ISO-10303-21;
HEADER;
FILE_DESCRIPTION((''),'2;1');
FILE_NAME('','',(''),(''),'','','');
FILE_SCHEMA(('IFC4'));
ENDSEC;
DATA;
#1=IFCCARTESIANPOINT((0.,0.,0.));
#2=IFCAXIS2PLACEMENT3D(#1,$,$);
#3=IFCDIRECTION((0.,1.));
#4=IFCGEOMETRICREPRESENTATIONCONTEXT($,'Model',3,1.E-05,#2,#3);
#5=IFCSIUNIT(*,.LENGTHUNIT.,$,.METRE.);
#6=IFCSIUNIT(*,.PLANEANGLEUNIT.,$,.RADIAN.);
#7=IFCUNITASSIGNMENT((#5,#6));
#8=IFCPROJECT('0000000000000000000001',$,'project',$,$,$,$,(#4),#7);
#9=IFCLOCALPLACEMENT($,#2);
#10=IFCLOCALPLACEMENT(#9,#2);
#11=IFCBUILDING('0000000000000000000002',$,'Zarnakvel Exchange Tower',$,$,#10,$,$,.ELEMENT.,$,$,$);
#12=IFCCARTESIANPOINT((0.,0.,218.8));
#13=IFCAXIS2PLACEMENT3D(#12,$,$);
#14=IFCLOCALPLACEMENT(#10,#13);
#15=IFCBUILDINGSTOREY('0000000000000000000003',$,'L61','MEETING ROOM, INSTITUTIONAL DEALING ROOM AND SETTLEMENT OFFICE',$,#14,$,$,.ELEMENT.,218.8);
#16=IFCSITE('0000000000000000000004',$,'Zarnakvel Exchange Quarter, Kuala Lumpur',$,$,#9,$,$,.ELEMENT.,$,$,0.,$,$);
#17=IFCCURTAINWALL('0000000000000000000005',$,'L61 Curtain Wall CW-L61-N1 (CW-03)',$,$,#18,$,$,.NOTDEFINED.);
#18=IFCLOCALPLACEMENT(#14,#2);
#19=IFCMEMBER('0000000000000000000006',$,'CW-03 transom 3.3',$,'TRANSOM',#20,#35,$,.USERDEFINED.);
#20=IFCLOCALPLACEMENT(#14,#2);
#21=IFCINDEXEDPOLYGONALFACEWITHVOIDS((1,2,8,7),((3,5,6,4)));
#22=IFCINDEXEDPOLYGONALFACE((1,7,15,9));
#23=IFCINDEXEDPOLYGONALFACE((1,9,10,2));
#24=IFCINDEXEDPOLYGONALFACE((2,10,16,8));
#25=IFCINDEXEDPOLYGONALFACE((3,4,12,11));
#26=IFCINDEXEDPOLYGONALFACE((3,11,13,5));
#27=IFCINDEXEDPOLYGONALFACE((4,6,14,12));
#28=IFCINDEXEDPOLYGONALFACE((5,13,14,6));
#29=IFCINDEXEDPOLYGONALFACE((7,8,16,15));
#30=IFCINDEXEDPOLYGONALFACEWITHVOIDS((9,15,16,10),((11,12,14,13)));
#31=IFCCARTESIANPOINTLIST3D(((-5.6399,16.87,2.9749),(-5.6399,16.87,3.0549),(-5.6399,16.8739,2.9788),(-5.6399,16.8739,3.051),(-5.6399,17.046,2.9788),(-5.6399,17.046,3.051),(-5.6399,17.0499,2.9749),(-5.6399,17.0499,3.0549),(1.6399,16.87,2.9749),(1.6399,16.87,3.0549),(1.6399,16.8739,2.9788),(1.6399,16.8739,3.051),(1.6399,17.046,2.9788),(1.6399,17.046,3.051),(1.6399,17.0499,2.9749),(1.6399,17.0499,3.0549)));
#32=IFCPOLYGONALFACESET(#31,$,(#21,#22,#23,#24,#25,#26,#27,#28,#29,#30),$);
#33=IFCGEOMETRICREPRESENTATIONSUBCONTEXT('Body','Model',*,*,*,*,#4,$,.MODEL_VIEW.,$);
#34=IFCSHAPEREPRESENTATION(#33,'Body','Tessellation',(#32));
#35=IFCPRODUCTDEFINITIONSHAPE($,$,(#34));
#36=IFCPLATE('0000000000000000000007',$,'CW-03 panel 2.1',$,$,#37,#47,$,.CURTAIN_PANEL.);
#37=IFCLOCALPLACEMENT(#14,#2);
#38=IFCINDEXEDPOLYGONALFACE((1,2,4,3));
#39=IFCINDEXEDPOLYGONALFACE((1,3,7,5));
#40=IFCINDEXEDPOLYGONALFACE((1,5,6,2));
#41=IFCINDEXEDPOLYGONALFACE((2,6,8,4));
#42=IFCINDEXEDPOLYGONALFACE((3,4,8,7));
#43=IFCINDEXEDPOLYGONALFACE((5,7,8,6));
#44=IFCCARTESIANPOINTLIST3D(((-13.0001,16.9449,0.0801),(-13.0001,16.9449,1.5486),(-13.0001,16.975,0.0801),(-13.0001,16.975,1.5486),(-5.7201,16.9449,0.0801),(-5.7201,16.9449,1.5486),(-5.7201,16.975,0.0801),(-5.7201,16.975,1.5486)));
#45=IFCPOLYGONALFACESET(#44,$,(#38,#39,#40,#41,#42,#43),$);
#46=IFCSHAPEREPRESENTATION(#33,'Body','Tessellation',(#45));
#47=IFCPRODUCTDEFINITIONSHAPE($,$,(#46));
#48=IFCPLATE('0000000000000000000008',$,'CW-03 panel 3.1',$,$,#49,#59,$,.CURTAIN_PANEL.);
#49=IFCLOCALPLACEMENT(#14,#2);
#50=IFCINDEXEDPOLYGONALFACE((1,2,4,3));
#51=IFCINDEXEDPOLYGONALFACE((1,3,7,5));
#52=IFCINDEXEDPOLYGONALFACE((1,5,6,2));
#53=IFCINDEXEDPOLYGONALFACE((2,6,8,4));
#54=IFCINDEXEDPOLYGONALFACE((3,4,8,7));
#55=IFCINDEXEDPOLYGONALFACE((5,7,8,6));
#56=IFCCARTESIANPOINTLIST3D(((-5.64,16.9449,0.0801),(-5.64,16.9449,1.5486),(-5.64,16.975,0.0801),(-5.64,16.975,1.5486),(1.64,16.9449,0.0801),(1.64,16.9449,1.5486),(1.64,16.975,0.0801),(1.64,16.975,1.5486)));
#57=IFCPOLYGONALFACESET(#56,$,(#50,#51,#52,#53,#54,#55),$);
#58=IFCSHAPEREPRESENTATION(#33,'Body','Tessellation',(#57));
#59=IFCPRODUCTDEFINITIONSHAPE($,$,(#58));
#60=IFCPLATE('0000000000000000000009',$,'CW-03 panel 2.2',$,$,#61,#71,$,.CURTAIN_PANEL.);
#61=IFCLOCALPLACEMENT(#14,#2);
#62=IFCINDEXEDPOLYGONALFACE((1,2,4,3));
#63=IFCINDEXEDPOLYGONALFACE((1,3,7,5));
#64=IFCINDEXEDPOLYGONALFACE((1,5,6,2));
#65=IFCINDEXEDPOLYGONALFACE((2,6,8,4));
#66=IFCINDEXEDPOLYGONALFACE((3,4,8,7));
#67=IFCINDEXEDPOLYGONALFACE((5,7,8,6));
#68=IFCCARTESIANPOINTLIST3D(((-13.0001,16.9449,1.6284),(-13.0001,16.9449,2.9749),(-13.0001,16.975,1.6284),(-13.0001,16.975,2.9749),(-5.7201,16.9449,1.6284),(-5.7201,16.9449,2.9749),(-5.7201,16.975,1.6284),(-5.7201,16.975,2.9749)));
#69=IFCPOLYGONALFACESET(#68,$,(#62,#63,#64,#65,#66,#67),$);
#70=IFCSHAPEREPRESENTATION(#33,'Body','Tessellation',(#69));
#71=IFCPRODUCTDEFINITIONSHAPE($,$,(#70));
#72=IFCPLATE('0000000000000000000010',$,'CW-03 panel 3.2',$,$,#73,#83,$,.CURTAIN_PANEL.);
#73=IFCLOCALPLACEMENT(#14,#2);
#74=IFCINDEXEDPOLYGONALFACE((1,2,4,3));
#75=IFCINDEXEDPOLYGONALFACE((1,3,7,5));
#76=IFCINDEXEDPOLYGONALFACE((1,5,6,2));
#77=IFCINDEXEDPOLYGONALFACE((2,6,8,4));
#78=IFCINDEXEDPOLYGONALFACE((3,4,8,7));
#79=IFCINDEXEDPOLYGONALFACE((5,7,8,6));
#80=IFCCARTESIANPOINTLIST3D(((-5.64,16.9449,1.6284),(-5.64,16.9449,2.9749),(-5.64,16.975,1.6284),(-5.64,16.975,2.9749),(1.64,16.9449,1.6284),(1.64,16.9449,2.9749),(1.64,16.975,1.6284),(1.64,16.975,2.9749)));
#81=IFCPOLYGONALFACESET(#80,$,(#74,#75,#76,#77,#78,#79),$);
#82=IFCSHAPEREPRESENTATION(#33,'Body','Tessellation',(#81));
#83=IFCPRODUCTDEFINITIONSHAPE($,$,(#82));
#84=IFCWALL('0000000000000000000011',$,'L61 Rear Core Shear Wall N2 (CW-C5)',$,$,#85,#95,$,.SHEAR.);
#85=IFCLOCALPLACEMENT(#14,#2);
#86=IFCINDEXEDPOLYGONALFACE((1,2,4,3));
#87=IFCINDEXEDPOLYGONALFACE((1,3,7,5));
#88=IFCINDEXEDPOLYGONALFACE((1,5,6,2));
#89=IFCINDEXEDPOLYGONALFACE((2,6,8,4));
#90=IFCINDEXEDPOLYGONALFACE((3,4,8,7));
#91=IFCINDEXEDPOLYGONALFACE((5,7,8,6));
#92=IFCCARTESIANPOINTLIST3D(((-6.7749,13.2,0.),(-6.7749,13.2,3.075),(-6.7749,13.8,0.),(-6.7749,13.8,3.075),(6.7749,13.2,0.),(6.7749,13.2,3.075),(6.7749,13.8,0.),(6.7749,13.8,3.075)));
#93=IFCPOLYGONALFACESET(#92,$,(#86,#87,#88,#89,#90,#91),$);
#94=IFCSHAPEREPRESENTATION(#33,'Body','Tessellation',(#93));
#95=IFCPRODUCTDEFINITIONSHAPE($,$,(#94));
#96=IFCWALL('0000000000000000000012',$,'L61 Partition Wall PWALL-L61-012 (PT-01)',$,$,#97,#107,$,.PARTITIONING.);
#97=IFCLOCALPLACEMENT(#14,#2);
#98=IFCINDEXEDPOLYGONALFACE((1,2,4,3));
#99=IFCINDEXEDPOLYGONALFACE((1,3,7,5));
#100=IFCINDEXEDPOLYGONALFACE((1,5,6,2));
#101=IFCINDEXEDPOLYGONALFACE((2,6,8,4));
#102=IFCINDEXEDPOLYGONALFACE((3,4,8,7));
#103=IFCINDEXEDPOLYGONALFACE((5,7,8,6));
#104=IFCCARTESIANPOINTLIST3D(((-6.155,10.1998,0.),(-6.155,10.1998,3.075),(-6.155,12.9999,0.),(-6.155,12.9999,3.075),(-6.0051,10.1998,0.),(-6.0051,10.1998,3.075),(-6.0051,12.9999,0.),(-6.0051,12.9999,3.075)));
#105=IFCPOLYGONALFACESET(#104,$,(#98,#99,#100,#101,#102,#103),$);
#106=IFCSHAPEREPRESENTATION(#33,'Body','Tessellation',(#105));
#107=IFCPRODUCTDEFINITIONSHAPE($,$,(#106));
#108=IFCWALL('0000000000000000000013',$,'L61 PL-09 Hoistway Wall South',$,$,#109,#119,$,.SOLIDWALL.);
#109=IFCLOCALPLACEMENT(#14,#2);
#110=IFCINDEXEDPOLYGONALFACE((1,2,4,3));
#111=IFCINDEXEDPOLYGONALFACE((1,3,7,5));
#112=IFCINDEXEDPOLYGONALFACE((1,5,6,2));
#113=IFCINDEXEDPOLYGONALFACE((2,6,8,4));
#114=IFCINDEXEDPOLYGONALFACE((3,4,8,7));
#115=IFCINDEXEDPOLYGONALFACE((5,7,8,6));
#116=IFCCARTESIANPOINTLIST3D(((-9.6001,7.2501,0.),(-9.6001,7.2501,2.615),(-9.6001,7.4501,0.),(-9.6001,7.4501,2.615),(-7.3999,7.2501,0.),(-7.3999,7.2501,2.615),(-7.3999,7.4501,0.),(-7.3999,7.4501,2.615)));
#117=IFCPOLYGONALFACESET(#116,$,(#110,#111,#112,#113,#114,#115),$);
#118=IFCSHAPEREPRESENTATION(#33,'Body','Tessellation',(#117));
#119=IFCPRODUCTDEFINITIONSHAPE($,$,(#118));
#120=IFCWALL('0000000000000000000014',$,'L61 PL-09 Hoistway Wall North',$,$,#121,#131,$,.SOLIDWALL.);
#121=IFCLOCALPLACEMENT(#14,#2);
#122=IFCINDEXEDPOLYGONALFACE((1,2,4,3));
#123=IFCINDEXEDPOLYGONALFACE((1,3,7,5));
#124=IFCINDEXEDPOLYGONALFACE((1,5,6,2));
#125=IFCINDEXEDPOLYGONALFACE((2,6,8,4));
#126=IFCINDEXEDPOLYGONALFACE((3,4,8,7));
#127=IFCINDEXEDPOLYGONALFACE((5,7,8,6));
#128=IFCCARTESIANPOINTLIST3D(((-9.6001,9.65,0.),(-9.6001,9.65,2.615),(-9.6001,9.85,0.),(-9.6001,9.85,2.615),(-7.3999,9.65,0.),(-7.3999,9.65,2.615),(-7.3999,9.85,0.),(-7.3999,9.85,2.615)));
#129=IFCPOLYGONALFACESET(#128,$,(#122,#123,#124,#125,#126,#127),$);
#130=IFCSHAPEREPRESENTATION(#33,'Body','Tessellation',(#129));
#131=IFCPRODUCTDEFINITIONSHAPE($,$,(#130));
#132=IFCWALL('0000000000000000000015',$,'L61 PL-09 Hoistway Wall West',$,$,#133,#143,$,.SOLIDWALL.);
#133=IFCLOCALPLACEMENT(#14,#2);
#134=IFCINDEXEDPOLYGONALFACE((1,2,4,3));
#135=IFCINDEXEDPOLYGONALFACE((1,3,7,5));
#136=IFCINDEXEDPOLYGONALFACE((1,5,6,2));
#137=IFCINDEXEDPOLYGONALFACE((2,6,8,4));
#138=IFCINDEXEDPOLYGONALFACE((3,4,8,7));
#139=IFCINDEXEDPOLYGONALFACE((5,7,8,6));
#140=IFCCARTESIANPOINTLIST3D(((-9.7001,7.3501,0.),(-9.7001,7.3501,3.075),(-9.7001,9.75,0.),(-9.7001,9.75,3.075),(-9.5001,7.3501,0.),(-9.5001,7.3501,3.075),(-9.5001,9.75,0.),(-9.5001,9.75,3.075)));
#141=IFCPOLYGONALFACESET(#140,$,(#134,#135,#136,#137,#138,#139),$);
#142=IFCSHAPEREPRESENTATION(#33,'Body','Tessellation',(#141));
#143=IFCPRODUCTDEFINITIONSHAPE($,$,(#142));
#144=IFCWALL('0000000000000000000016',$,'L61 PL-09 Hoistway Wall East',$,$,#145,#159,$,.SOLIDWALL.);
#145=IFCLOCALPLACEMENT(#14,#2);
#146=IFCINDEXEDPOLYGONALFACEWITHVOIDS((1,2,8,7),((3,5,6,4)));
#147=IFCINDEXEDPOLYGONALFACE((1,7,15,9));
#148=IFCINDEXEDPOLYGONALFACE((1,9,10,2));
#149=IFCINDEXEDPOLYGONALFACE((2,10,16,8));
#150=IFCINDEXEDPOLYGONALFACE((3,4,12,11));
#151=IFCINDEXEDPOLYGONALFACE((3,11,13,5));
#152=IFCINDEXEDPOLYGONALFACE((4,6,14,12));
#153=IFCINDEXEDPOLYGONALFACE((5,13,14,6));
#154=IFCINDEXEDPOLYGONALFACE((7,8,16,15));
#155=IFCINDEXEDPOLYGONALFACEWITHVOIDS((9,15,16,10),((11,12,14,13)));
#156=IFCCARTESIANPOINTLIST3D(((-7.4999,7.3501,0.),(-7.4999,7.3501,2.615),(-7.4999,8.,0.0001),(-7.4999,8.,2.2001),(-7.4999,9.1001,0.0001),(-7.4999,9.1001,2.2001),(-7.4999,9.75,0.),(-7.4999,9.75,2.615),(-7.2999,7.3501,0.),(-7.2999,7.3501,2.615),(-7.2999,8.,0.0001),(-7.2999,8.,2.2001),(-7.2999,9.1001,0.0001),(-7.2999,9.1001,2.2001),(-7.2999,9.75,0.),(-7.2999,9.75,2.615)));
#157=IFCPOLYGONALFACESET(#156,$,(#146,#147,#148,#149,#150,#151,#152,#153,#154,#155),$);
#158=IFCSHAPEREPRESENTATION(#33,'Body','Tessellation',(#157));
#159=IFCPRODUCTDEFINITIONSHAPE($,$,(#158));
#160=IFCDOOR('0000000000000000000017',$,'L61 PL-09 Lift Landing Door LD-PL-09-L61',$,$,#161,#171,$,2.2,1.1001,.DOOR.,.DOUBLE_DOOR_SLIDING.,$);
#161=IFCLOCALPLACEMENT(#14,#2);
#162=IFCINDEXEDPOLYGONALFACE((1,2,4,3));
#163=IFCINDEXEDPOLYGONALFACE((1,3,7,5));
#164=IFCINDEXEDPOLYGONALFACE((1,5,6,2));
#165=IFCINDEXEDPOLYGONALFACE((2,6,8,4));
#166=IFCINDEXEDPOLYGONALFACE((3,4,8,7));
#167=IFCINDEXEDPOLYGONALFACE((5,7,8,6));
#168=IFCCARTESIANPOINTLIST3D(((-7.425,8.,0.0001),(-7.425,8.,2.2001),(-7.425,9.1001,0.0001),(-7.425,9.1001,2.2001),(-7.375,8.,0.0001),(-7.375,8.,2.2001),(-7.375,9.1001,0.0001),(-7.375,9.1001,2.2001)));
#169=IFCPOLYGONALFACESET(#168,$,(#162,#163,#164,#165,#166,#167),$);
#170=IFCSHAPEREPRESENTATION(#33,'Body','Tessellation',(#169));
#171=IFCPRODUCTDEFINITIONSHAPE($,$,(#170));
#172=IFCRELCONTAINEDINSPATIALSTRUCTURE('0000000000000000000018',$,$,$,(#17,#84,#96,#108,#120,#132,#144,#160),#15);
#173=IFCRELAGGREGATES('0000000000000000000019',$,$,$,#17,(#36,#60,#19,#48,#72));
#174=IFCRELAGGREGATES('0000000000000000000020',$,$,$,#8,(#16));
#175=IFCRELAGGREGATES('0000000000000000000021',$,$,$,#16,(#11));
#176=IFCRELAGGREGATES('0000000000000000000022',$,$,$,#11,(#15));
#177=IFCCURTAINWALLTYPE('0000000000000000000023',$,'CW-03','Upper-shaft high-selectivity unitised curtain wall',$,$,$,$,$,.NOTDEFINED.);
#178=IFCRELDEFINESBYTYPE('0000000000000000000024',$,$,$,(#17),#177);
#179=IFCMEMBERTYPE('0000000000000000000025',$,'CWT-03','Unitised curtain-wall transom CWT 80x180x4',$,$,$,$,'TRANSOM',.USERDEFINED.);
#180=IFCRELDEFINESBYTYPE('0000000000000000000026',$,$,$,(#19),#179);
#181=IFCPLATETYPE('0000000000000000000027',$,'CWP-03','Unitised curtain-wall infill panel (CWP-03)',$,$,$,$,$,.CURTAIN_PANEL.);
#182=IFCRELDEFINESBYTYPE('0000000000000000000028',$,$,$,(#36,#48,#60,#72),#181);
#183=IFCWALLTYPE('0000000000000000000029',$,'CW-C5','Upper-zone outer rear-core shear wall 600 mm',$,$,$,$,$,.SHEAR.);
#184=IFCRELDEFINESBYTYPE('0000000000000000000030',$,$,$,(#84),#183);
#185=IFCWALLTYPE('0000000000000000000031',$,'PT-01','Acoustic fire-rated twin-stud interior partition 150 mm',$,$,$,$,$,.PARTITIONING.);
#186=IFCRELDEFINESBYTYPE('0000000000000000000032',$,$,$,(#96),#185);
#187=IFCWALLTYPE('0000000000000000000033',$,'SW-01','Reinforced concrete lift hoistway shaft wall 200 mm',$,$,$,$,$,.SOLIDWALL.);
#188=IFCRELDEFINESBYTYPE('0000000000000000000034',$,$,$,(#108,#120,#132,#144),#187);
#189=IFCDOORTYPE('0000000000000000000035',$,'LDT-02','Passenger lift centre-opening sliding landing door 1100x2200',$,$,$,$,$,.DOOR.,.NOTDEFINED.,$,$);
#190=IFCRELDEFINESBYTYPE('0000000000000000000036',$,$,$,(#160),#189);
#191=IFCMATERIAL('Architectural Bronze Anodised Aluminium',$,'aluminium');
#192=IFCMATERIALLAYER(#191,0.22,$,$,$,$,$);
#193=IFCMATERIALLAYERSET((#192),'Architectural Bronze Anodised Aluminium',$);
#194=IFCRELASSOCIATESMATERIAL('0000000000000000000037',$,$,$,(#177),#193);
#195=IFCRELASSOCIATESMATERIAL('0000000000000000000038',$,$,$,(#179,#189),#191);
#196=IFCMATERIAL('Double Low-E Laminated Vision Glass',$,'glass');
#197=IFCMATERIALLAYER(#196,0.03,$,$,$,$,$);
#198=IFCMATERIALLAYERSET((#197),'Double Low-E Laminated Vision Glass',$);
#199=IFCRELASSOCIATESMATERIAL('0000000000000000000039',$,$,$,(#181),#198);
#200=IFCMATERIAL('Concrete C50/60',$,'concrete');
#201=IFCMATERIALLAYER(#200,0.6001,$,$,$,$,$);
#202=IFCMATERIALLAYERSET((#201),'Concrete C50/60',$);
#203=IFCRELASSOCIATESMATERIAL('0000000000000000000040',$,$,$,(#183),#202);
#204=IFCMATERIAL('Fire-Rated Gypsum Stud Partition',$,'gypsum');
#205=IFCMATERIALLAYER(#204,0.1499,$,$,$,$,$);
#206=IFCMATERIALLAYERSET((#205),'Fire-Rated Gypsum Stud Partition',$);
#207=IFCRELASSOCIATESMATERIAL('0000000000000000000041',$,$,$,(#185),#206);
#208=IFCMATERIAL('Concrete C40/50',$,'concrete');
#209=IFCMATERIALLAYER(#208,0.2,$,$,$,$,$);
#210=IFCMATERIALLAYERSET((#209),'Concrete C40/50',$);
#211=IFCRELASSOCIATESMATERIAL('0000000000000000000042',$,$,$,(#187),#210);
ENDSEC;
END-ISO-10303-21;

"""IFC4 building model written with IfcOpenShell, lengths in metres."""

from ifc_helpers import new_model, si_unit, direction, frame, frame_2d, origin, origin_2d, place, context, subcontext, project, spatial, rectangle, hollow_rectangle, extrude, source, transform, mapped, material, layer, layer_set, material_profile, profile_set, type_object, element, fill, aggregate, save


model = new_model("IFC4")

# Units and contexts
model_context = context("Model", 3, precision=1e-05, world=origin(), true_north=direction((0.0, 1.0)))
body_context = subcontext(model_context, "Body", "Model", "MODEL_VIEW")
ifc_project = project(units=[si_unit("LENGTHUNIT", "METRE"), si_unit("PLANEANGLEUNIT", "RADIAN")], contexts=[model_context])

# Site, building, storey
site_placement = place(None, origin())
site = spatial("IfcSite", under=ifc_project, at=site_placement, Name="Zarnakvel Exchange Quarter, Kuala Lumpur", CompositionType="ELEMENT", RefElevation=0.0)
building_placement = place(site_placement, origin())
building = spatial("IfcBuilding", under=site, at=building_placement, Name="Zarnakvel Exchange Tower", CompositionType="ELEMENT")
storey_placement = place(building_placement, frame((0.0, 0.0, 218.8)))
storey = spatial("IfcBuildingStorey", under=building, at=storey_placement, Name="L61", Description="MEETING ROOM, INSTITUTIONAL DEALING ROOM AND SETTLEMENT OFFICE", CompositionType="ELEMENT", Elevation=218.8)

# Shared definitions
ifc_material_1 = material(Name="Concrete C50/60", Category="concrete")

# Curtain wall, member, plates
ifc_material_2 = material(Name="Architectural Bronze Anodised Aluminium", Category="aluminium")
ifc_layer_1 = layer(ifc_material_2, 0.22)
ifc_layer_set_1 = layer_set([ifc_layer_1], Name="Architectural Bronze Anodised Aluminium")
curtain_wall_type = type_object("IfcCurtainWallType", Name="CW-03", Description="Upper-shaft high-selectivity unitised curtain wall", PredefinedType="NOTDEFINED", material=ifc_layer_set_1)
curtain_wall_placement = place(storey_placement, origin())
curtain_wall = element("IfcCurtainWall", 1, at=curtain_wall_placement, inside=storey, type_object=curtain_wall_type, Name="L61 Curtain Wall CW-L61-N1 (CW-03)", PredefinedType="NOTDEFINED")
ifc_material_profile_1 = material_profile(ifc_material_2, hollow_rectangle(XDim=0.1799, YDim=0.0801, WallThickness=0.0039, at=origin_2d()))
ifc_profile_set_1 = profile_set([ifc_material_profile_1], Name="Architectural Bronze Anodised Aluminium")
member_type_1 = type_object("IfcMemberType", Name="CWT-03", Description="Unitised curtain-wall transom CWT 80x180x4", ElementType="TRANSOM", PredefinedType="USERDEFINED", material=ifc_profile_set_1)
shared_shape_1 = source(origin(), body_context, "Body", "SweptSolid", [
    extrude(hollow_rectangle(XDim=0.1799, YDim=0.0801, WallThickness=0.0039, at=origin_2d()), origin(), (0.0, 0.0, 1.0), 7.2798),
])
member_1_placement = place(storey_placement, frame((-5.6399, 16.96, 3.0149), z_axis=(1.0, 0.0, 0.0), x_axis=(0.0, 1.0, 0.0)))
member_1 = element("IfcMember", 2, at=member_1_placement, type_object=member_type_1, Name="CW-03 transom 3.3", ObjectType="TRANSOM", PredefinedType="USERDEFINED", context=body_context, shape_type="MappedRepresentation", body=[
    mapped(shared_shape_1, transform((0.0, 0.0, 0.0), x_axis=(1.0, 0.0, 0.0), y_axis=(0.0, 1.0, 0.0), z_axis=(0.0, 0.0, 1.0), scale=1.0)),
])
ifc_material_3 = material(Name="Double Low-E Laminated Vision Glass", Category="glass")
ifc_layer_2 = layer(ifc_material_3, 0.03)
ifc_layer_set_2 = layer_set([ifc_layer_2], Name="Double Low-E Laminated Vision Glass")
plate_type = type_object("IfcPlateType", Name="CWP-03", Description="Unitised curtain-wall infill panel (CWP-03)", PredefinedType="CURTAIN_PANEL", material=ifc_layer_set_2)
shared_shape_2 = source(origin(), body_context, "Body", "SweptSolid", [
    extrude(rectangle(XDim=7.28, YDim=0.03, at=origin_2d()), origin(), (0.0, 0.0, 1.0), 1.4685),
])
plate_1_placement = place(storey_placement, frame((-9.3601, 16.96, 0.0801), z_axis=(0.0, 0.0, 1.0), x_axis=(1.0, 0.0, 0.0)))
plate_1 = element("IfcPlate", 3, at=plate_1_placement, type_object=plate_type, Name="CW-03 panel 2.1", PredefinedType="CURTAIN_PANEL", context=body_context, shape_type="MappedRepresentation", body=[
    mapped(shared_shape_2, transform((0.0, 0.0, 0.0), x_axis=(1.0, 0.0, 0.0), y_axis=(0.0, 1.0, 0.0), z_axis=(0.0, 0.0, 1.0), scale=1.0)),
])
plate_2_placement = place(storey_placement, frame((-2.0, 16.96, 0.0801), z_axis=(0.0, 0.0, 1.0), x_axis=(1.0, 0.0, 0.0)))
plate_2 = element("IfcPlate", 4, at=plate_2_placement, type_object=plate_type, Name="CW-03 panel 3.1", PredefinedType="CURTAIN_PANEL", context=body_context, shape_type="MappedRepresentation", body=[
    mapped(shared_shape_2, transform((0.0, 0.0, 0.0), x_axis=(1.0, 0.0, 0.0), y_axis=(0.0, 1.0, 0.0), z_axis=(0.0, 0.0, 1.0), scale=1.0)),
])
shared_shape_3 = source(origin(), body_context, "Body", "SweptSolid", [
    extrude(rectangle(XDim=7.28, YDim=0.03, at=origin_2d()), origin(), (0.0, 0.0, 1.0), 1.3464),
])
plate_3_placement = place(storey_placement, frame((-9.3601, 16.96, 1.6284), z_axis=(0.0, 0.0, 1.0), x_axis=(1.0, 0.0, 0.0)))
plate_3 = element("IfcPlate", 5, at=plate_3_placement, type_object=plate_type, Name="CW-03 panel 2.2", PredefinedType="CURTAIN_PANEL", context=body_context, shape_type="MappedRepresentation", body=[
    mapped(shared_shape_3, transform((0.0, 0.0, 0.0), x_axis=(1.0, 0.0, 0.0), y_axis=(0.0, 1.0, 0.0), z_axis=(0.0, 0.0, 1.0), scale=1.0)),
])
plate_4_placement = place(storey_placement, frame((-2.0, 16.96, 1.6284), z_axis=(0.0, 0.0, 1.0), x_axis=(1.0, 0.0, 0.0)))
plate_4 = element("IfcPlate", 6, at=plate_4_placement, type_object=plate_type, Name="CW-03 panel 3.2", PredefinedType="CURTAIN_PANEL", context=body_context, shape_type="MappedRepresentation", body=[
    mapped(shared_shape_3, transform((0.0, 0.0, 0.0), x_axis=(1.0, 0.0, 0.0), y_axis=(0.0, 1.0, 0.0), z_axis=(0.0, 0.0, 1.0), scale=1.0)),
])
aggregate(curtain_wall, [plate_1, plate_3, member_1, plate_2, plate_4])

# Walls
ifc_layer_3 = layer(ifc_material_1, 0.6001)
ifc_layer_set_3 = layer_set([ifc_layer_3], Name="Concrete C50/60")
wall_type_1 = type_object("IfcWallType", Name="CW-C5", Description="Upper-zone outer rear-core shear wall 600 mm", PredefinedType="SHEAR", material=ifc_layer_set_3)
wall_1_placement = place(storey_placement, frame((-6.7749, 13.5, 0.0), z_axis=(0.0, 0.0, 1.0), x_axis=(1.0, 0.0, 0.0)))
element("IfcWall", 7, at=wall_1_placement, inside=storey, type_object=wall_type_1, Name="L61 Rear Core Shear Wall N2 (CW-C5)", PredefinedType="SHEAR", context=body_context, shape_type="SweptSolid", body=[
    extrude(rectangle(XDim=13.5498, YDim=0.6001, at=frame_2d((6.7749, 0.0))), origin(), (0.0, 0.0, 1.0), 3.075),
])
ifc_material_4 = material(Name="Fire-Rated Gypsum Stud Partition", Category="gypsum")
ifc_layer_4 = layer(ifc_material_4, 0.1499)
ifc_layer_set_4 = layer_set([ifc_layer_4], Name="Fire-Rated Gypsum Stud Partition")
wall_type_2 = type_object("IfcWallType", Name="PT-01", Description="Acoustic fire-rated twin-stud interior partition 150 mm", PredefinedType="PARTITIONING", material=ifc_layer_set_4)
wall_2_placement = place(storey_placement, frame((-6.0801, 10.2, 0.0), z_axis=(0.0, 0.0, 1.0), x_axis=(0.0, 1.0, 0.0)))
element("IfcWall", 8, at=wall_2_placement, inside=storey, type_object=wall_type_2, Name="L61 Partition Wall PWALL-L61-012 (PT-01)", PredefinedType="PARTITIONING", context=body_context, shape_type="SweptSolid", body=[
    extrude(rectangle(XDim=2.8, YDim=0.1499, at=frame_2d((1.3999, 0.0))), origin(), (0.0, 0.0, 1.0), 3.075),
])
ifc_material_5 = material(Name="Concrete C40/50", Category="concrete")
ifc_layer_5 = layer(ifc_material_5, 0.2)
ifc_layer_set_5 = layer_set([ifc_layer_5], Name="Concrete C40/50")
wall_type_3 = type_object("IfcWallType", Name="SW-01", Description="Reinforced concrete lift hoistway shaft wall 200 mm", PredefinedType="SOLIDWALL", material=ifc_layer_set_5)
for number, where, z_axis, x_axis, name in (
    (9, (-7.3999, 7.3501, 0.0), (0.0, 0.0, 1.0), (-1.0, 0.0, 0.0), "L61 PL-09 Hoistway Wall South"),
    (10, (-9.6001, 9.75, 0.0), (0.0, 0.0, 1.0), (1.0, 0.0, 0.0), "L61 PL-09 Hoistway Wall North"),
):
    element("IfcWall", number, at=place(storey_placement, frame(where, z_axis=z_axis, x_axis=x_axis)), inside=storey, type_object=wall_type_3, Name=name, PredefinedType="SOLIDWALL", context=body_context, shape_type="SweptSolid", body=[
        extrude(rectangle(XDim=2.2002, YDim=0.2, at=frame_2d((1.1001, 0.0))), origin(), (0.0, 0.0, 1.0), 2.615),
    ])
wall_3_placement = place(storey_placement, frame((-9.6001, 7.3501, 0.0), z_axis=(0.0, 0.0, 1.0), x_axis=(0.0, 1.0, 0.0)))
element("IfcWall", 11, at=wall_3_placement, inside=storey, type_object=wall_type_3, Name="L61 PL-09 Hoistway Wall West", PredefinedType="SOLIDWALL", context=body_context, shape_type="SweptSolid", body=[
    extrude(rectangle(XDim=2.3999, YDim=0.2, at=frame_2d((1.2, 0.0))), origin(), (0.0, 0.0, 1.0), 3.075),
])

# Wall, opening, door
wall_4_placement = place(storey_placement, frame((-7.3999, 9.75, 0.0), z_axis=(0.0, 0.0, 1.0), x_axis=(0.0, -1.0, 0.0)))
wall_4 = element("IfcWall", 12, at=wall_4_placement, inside=storey, type_object=wall_type_3, Name="L61 PL-09 Hoistway Wall East", PredefinedType="SOLIDWALL", context=body_context, shape_type="SweptSolid", body=[
    extrude(rectangle(XDim=2.3999, YDim=0.2, at=frame_2d((1.2, 0.0))), origin(), (0.0, 0.0, 1.0), 2.615),
])
opening_1_placement = place(wall_4_placement, frame((0.6499, 0.0, 0.0)))
opening_1 = element("IfcOpeningElement", 13, at=opening_1_placement, cuts=wall_4, PredefinedType="OPENING", context=body_context, shape_type="SweptSolid", body=[
    extrude(rectangle(XDim=1.1001, YDim=2.2, at=frame_2d((0.55, 1.1001))), frame((0.0, 0.1099, 0.0), z_axis=(0.0, -1.0, 0.0), x_axis=(1.0, 0.0, 0.0)), (0.0, 0.0, 1.0), 0.22),
])
door_type = type_object("IfcDoorType", Name="LDT-02", Description="Passenger lift centre-opening sliding landing door 1100x2200", OperationType="NOTDEFINED", PredefinedType="DOOR", material=ifc_material_2)
shared_shape_4 = source(origin(), body_context, "Body", "SweptSolid", [
    extrude(rectangle(XDim=1.1001, YDim=2.2, at=frame_2d((0.55, 1.1001))), frame((0.0, 0.0249, 0.0), z_axis=(0.0, -1.0, 0.0), x_axis=(1.0, 0.0, 0.0)), (0.0, 0.0, 1.0), 0.05),
])
door_1_placement = place(opening_1_placement, origin())
door_1 = element("IfcDoor", 14, at=door_1_placement, inside=storey, type_object=door_type, Name="L61 PL-09 Lift Landing Door LD-PL-09-L61", OperationType="DOUBLE_DOOR_SLIDING", OverallHeight=2.2, OverallWidth=1.1001, PredefinedType="DOOR", context=body_context, shape_type="MappedRepresentation", body=[
    mapped(shared_shape_4, transform((0.0, 0.0, 0.0), x_axis=(1.0, 0.0, 0.0), y_axis=(0.0, 1.0, 0.0), z_axis=(0.0, 0.0, 1.0), scale=1.0)),
])
fill(opening_1, door_1)

save(model, "model.ifc")
